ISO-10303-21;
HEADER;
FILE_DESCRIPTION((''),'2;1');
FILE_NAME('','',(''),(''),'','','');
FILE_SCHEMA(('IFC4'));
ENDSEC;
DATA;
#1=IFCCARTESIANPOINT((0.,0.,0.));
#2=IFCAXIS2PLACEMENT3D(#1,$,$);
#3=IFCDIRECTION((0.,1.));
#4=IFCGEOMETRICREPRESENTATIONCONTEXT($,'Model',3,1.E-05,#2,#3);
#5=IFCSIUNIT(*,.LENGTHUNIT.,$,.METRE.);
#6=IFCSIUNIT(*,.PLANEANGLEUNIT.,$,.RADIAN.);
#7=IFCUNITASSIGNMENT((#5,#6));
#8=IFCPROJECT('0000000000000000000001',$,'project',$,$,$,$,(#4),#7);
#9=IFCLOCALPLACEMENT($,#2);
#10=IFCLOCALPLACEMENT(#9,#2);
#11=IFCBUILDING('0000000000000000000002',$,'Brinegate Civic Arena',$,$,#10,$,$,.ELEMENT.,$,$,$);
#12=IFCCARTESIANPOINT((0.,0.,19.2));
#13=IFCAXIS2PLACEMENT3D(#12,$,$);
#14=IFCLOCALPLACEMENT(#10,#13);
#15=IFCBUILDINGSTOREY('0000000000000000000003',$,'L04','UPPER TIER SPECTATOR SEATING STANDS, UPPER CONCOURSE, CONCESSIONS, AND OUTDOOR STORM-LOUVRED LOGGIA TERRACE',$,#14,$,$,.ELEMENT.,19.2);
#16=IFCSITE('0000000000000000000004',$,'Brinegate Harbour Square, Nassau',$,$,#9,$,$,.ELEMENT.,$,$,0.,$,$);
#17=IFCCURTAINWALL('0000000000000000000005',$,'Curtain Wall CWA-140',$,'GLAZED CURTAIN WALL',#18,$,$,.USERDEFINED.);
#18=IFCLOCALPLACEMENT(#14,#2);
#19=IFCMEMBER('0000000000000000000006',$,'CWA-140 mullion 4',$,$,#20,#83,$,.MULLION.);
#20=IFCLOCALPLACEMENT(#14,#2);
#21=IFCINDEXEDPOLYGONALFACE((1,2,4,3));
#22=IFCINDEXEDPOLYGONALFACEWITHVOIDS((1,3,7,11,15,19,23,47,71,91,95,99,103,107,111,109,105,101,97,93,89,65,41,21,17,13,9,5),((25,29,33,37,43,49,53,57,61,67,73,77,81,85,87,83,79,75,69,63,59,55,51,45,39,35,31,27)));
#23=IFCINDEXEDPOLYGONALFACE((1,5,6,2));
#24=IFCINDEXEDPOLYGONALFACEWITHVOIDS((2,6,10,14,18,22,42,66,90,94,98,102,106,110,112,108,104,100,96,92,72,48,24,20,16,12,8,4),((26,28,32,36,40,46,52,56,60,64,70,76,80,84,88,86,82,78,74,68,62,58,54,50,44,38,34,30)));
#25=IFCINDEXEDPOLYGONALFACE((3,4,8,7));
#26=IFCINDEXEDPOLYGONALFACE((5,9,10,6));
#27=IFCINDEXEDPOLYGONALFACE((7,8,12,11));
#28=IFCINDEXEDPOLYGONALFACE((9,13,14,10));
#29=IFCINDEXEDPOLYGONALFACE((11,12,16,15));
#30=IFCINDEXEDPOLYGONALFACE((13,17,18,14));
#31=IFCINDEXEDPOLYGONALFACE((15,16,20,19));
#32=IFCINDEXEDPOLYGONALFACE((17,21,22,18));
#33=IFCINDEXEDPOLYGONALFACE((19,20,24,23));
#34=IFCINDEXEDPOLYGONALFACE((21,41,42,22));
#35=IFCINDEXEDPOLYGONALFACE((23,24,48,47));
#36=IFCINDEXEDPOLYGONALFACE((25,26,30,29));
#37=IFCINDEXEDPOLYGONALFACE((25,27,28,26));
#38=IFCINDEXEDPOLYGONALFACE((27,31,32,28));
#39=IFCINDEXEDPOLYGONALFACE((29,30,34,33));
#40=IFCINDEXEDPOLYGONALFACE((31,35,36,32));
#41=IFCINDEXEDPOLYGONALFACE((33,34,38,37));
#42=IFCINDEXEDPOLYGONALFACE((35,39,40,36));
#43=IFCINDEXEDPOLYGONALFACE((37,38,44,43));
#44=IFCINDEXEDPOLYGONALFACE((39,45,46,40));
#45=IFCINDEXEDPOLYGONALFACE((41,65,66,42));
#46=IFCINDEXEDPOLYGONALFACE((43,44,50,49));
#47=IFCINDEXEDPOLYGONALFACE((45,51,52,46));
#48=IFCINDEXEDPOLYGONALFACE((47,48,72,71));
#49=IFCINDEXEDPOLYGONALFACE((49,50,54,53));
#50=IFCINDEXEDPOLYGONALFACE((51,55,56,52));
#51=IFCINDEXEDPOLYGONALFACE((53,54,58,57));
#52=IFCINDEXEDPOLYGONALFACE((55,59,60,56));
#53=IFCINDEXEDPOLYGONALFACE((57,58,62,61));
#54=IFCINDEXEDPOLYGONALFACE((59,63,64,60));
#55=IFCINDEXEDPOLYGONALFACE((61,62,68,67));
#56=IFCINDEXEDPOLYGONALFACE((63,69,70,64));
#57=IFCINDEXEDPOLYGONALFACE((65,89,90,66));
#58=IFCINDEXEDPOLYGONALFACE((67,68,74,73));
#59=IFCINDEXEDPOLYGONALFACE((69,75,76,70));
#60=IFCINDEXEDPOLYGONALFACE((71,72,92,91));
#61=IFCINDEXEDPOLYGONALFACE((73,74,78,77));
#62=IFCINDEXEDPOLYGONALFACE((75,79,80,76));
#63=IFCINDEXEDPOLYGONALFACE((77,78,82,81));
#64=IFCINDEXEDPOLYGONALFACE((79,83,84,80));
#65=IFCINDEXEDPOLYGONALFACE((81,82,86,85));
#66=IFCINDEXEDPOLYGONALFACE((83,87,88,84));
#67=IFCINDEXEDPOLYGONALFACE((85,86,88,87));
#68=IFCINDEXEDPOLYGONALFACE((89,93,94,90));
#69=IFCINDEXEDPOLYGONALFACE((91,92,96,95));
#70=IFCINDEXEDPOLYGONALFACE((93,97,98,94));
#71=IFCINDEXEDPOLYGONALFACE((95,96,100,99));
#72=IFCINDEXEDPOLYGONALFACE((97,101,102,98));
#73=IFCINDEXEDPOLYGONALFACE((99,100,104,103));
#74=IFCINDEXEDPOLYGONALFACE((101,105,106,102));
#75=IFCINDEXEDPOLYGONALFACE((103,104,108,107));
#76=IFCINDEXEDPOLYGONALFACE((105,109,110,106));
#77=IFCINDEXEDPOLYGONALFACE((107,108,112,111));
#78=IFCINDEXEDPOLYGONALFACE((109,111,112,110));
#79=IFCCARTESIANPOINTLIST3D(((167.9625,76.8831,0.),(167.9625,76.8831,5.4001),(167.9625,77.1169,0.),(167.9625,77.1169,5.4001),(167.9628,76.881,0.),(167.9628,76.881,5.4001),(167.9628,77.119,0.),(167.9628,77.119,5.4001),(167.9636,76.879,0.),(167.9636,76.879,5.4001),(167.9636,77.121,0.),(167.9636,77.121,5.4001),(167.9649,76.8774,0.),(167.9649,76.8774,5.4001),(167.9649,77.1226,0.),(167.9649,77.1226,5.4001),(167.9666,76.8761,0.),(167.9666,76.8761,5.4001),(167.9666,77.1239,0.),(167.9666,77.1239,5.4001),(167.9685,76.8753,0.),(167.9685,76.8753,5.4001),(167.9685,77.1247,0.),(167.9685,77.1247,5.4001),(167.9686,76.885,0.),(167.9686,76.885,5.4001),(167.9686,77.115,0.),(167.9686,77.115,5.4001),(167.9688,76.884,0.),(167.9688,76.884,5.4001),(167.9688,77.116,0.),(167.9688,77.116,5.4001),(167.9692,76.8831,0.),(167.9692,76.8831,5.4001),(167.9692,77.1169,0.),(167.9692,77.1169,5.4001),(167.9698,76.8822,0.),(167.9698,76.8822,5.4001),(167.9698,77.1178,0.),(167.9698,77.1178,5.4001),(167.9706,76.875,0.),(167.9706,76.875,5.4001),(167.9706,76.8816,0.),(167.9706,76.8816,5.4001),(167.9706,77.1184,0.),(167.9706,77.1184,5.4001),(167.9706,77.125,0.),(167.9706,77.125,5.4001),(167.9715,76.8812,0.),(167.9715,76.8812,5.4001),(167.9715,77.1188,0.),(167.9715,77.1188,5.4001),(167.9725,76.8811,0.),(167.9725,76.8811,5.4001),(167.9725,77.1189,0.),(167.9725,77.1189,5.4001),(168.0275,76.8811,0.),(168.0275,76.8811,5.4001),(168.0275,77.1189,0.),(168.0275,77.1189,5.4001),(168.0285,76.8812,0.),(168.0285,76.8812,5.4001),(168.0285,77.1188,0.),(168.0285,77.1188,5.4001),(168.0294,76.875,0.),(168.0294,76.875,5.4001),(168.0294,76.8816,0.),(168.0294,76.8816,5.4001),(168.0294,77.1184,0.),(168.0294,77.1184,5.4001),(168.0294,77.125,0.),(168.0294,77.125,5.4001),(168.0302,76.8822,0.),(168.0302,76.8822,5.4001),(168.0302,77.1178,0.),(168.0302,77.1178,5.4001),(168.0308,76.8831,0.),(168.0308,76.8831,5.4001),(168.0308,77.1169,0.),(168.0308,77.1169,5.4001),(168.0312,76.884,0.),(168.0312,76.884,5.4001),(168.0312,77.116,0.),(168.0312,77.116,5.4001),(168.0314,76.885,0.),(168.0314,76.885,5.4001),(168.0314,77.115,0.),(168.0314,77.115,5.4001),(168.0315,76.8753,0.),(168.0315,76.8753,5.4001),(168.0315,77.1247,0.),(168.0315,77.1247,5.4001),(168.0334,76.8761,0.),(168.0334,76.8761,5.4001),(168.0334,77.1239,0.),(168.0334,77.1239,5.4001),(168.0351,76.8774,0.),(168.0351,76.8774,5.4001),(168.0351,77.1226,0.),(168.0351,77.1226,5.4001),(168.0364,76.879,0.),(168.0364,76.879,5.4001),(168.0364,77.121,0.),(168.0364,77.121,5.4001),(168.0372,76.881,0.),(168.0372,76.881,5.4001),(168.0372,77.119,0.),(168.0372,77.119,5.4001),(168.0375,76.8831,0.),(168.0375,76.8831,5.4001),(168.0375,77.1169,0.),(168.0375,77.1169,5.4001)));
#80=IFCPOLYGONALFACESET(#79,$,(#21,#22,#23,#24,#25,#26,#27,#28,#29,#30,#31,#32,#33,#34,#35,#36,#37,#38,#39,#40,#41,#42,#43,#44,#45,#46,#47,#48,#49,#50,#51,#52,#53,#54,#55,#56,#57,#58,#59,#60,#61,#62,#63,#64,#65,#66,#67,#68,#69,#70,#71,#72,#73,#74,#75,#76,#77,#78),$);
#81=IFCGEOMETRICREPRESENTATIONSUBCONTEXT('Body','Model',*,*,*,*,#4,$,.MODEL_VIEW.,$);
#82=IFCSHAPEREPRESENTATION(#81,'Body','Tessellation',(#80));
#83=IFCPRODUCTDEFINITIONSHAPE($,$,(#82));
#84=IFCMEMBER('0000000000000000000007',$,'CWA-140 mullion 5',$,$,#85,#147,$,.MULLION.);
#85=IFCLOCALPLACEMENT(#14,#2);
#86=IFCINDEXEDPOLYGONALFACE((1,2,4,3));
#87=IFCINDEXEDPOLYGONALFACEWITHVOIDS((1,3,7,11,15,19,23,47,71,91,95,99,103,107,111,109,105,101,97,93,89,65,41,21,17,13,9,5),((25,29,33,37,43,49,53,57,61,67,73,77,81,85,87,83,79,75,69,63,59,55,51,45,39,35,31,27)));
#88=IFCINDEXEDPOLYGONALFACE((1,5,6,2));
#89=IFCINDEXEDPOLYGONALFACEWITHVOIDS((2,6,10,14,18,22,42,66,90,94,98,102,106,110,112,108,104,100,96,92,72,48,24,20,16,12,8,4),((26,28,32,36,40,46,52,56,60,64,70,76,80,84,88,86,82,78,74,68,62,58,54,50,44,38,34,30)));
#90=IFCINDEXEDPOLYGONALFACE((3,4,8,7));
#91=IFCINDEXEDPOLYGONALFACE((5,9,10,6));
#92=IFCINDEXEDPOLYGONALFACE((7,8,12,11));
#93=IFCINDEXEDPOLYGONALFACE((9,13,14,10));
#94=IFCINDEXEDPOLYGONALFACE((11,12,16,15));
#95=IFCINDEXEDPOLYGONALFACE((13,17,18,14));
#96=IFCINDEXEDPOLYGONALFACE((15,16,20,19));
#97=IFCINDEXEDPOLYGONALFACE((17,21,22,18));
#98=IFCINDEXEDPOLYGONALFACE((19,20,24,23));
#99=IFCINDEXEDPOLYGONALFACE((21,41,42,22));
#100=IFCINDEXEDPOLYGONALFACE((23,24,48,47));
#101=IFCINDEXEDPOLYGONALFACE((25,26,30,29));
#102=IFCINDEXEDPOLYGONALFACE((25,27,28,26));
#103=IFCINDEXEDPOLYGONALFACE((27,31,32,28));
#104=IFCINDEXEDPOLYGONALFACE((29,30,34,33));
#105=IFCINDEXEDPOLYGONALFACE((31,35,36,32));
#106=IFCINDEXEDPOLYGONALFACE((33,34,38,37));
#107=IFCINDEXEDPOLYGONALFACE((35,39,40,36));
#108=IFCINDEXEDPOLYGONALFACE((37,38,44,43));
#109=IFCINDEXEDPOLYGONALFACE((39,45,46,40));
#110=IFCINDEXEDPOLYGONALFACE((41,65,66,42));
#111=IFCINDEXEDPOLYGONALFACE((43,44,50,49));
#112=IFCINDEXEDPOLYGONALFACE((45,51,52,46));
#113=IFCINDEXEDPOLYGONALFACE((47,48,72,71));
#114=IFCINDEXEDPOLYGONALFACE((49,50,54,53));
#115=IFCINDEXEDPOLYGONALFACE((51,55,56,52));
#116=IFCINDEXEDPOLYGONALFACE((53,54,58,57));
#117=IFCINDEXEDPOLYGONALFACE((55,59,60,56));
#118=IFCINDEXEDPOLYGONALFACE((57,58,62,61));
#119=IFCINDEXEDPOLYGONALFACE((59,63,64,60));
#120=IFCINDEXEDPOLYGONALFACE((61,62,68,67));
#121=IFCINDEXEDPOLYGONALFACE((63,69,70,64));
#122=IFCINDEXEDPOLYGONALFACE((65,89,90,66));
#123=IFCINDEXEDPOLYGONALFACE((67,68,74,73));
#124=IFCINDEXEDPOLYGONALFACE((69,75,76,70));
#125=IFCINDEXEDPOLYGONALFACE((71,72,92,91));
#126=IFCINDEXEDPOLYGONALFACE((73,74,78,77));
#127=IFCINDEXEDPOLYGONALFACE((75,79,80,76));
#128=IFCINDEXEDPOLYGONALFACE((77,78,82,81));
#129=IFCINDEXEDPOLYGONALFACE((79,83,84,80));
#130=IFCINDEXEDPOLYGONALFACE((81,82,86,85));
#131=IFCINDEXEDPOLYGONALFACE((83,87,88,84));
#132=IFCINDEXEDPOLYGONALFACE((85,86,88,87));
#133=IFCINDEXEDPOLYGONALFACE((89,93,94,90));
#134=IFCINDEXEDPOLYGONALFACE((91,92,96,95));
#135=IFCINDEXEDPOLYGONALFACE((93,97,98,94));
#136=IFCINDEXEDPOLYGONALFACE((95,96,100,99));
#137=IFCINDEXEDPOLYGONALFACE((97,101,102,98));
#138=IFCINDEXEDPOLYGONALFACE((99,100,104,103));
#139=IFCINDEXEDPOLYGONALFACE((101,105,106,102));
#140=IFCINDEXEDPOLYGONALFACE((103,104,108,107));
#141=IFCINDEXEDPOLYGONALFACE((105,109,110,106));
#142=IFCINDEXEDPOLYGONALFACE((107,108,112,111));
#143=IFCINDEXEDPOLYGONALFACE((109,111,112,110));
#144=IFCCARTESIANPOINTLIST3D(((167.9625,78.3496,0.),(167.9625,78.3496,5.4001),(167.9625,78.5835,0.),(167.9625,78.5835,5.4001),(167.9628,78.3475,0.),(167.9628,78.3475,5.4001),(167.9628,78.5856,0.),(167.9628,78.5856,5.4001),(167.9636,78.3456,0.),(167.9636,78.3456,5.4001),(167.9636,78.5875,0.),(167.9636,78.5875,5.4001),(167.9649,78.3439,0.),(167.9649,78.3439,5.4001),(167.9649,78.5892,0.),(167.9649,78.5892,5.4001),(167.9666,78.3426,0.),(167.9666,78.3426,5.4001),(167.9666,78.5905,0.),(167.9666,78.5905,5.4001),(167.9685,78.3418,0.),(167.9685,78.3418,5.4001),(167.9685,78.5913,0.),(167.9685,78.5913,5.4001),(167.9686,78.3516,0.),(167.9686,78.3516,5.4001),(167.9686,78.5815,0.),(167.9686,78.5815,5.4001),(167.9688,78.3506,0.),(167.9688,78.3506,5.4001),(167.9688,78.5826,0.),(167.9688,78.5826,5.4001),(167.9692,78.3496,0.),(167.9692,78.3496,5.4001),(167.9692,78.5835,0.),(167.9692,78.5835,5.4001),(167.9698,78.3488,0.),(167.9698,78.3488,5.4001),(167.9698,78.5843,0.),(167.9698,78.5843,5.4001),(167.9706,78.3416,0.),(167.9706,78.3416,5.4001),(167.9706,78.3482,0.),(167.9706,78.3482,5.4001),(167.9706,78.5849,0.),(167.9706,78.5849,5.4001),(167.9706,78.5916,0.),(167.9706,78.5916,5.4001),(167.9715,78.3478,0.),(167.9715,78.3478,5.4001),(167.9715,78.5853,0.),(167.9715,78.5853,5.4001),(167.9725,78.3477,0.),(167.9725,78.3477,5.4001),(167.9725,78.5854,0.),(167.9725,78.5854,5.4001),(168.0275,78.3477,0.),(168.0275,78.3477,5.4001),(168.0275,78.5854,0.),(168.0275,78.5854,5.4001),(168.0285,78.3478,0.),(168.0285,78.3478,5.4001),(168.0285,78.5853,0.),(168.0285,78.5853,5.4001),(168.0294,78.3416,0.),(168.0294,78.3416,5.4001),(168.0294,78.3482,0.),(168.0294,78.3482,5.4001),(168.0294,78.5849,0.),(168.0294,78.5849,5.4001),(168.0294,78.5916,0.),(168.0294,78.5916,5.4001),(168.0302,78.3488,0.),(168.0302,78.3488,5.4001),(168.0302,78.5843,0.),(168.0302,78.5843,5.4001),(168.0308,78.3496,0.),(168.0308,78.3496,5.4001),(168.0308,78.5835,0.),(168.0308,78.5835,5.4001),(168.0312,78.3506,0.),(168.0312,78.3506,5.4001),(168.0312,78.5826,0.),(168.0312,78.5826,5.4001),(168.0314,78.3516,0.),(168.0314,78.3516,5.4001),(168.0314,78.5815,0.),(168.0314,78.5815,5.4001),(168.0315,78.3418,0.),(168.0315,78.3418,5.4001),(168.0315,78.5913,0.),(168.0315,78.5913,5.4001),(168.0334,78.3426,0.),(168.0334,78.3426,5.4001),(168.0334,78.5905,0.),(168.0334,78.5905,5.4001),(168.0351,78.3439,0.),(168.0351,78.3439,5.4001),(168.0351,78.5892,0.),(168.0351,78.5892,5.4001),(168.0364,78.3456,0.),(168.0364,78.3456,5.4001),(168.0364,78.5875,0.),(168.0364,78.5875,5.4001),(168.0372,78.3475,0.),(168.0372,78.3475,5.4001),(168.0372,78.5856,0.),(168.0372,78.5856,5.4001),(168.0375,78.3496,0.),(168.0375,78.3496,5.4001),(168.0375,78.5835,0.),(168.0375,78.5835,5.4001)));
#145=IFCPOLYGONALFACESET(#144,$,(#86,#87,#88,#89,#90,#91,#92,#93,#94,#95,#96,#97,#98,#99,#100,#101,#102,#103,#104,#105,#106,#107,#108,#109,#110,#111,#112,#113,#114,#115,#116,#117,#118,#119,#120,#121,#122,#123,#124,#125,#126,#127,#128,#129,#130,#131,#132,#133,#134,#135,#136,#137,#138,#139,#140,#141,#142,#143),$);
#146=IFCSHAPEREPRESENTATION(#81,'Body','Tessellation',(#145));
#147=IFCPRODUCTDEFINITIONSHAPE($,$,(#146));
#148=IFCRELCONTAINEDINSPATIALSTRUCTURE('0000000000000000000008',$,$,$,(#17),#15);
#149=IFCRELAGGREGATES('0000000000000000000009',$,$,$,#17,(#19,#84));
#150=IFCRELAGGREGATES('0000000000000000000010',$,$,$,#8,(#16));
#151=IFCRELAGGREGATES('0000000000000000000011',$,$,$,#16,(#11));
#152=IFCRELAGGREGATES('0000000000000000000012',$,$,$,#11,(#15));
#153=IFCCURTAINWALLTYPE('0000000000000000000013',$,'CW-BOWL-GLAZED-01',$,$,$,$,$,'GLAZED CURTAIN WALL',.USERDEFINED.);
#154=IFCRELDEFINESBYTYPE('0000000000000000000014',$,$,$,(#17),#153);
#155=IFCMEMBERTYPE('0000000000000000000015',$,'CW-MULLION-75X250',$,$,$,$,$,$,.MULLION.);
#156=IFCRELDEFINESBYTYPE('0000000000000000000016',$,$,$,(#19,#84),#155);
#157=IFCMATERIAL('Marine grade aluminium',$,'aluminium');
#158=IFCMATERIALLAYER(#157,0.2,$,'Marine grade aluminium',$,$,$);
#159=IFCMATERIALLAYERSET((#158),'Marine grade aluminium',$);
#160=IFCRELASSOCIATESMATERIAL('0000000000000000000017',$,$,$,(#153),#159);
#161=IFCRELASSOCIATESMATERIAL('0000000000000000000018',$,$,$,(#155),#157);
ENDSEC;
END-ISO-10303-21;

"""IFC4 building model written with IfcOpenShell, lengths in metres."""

from ifc_helpers import new_model, si_unit, direction, frame, origin, origin_2d, place, context, subcontext, project, spatial, hollow_rectangle, extrude, material, layer, layer_set, material_profile, profile_set, type_object, element, aggregate, save


model = new_model("IFC4")

# Units and contexts
model_context = context("Model", 3, precision=1e-05, world=origin(), true_north=direction((0.0, 1.0)))
body_context = subcontext(model_context, "Body", "Model", "MODEL_VIEW")
ifc_project = project(units=[si_unit("LENGTHUNIT", "METRE"), si_unit("PLANEANGLEUNIT", "RADIAN")], contexts=[model_context])

# Site, building, storey
site_placement = place(None, origin())
site = spatial("IfcSite", under=ifc_project, at=site_placement, Name="Brinegate Harbour Square, Nassau", CompositionType="ELEMENT", RefElevation=0.0)
building_placement = place(site_placement, origin())
building = spatial("IfcBuilding", under=site, at=building_placement, Name="Brinegate Civic Arena", CompositionType="ELEMENT")
storey_placement = place(building_placement, frame((0.0, 0.0, 19.2)))
storey = spatial("IfcBuildingStorey", under=building, at=storey_placement, Name="L04", Description="UPPER TIER SPECTATOR SEATING STANDS, UPPER CONCOURSE, CONCESSIONS, AND OUTDOOR STORM-LOUVRED LOGGIA TERRACE", CompositionType="ELEMENT", Elevation=19.2)

# Curtain wall, members
ifc_material_1 = material(Name="Marine grade aluminium", Category="aluminium")
ifc_layer_1 = layer(ifc_material_1, 0.2, Name="Marine grade aluminium")
ifc_layer_set_1 = layer_set([ifc_layer_1], Name="Marine grade aluminium")
curtain_wall_type = type_object("IfcCurtainWallType", Name="CW-BOWL-GLAZED-01", ElementType="GLAZED CURTAIN WALL", PredefinedType="USERDEFINED", material=ifc_layer_set_1)
curtain_wall_placement = place(storey_placement, origin())
curtain_wall = element("IfcCurtainWall", 1, at=curtain_wall_placement, inside=storey, type_object=curtain_wall_type, Name="Curtain Wall CWA-140", ObjectType="GLAZED CURTAIN WALL", PredefinedType="USERDEFINED")
ifc_material_profile_1 = material_profile(ifc_material_1, hollow_rectangle(XDim=0.075, YDim=0.25, WallThickness=0.0061, InnerFilletRadius=0.0039, OuterFilletRadius=0.0081, at=origin_2d()), Name="MUL75X250")
ifc_profile_set_1 = profile_set([ifc_material_profile_1], Name="Marine grade aluminium")
member_type_1 = type_object("IfcMemberType", Name="CW-MULLION-75X250", PredefinedType="MULLION", material=ifc_profile_set_1)
member_1_placement = place(storey_placement, frame((168.0, 77.0, 0.0), z_axis=(0.0, 0.0, 1.0), x_axis=(-1.0, 0.0, 0.0)))
member_1 = element("IfcMember", 2, at=member_1_placement, type_object=member_type_1, Name="CWA-140 mullion 4", PredefinedType="MULLION", context=body_context, shape_type="SweptSolid", body=[
    extrude(hollow_rectangle(XDim=0.075, YDim=0.25, WallThickness=0.0061, InnerFilletRadius=0.0039, OuterFilletRadius=0.0081, at=origin_2d()), origin(), (0.0, 0.0, 1.0), 5.4001),
])
member_2_placement = place(storey_placement, frame((168.0, 78.4666, 0.0), z_axis=(0.0, 0.0, 1.0), x_axis=(-1.0, 0.0, 0.0)))
member_2 = element("IfcMember", 3, at=member_2_placement, type_object=member_type_1, Name="CWA-140 mullion 5", PredefinedType="MULLION", context=body_context, shape_type="SweptSolid", body=[
    extrude(hollow_rectangle(XDim=0.075, YDim=0.25, WallThickness=0.0061, InnerFilletRadius=0.0039, OuterFilletRadius=0.0081, at=origin_2d()), origin(), (0.0, 0.0, 1.0), 5.4001),
])
aggregate(curtain_wall, [member_1, member_2])

save(model, "model.ifc")
